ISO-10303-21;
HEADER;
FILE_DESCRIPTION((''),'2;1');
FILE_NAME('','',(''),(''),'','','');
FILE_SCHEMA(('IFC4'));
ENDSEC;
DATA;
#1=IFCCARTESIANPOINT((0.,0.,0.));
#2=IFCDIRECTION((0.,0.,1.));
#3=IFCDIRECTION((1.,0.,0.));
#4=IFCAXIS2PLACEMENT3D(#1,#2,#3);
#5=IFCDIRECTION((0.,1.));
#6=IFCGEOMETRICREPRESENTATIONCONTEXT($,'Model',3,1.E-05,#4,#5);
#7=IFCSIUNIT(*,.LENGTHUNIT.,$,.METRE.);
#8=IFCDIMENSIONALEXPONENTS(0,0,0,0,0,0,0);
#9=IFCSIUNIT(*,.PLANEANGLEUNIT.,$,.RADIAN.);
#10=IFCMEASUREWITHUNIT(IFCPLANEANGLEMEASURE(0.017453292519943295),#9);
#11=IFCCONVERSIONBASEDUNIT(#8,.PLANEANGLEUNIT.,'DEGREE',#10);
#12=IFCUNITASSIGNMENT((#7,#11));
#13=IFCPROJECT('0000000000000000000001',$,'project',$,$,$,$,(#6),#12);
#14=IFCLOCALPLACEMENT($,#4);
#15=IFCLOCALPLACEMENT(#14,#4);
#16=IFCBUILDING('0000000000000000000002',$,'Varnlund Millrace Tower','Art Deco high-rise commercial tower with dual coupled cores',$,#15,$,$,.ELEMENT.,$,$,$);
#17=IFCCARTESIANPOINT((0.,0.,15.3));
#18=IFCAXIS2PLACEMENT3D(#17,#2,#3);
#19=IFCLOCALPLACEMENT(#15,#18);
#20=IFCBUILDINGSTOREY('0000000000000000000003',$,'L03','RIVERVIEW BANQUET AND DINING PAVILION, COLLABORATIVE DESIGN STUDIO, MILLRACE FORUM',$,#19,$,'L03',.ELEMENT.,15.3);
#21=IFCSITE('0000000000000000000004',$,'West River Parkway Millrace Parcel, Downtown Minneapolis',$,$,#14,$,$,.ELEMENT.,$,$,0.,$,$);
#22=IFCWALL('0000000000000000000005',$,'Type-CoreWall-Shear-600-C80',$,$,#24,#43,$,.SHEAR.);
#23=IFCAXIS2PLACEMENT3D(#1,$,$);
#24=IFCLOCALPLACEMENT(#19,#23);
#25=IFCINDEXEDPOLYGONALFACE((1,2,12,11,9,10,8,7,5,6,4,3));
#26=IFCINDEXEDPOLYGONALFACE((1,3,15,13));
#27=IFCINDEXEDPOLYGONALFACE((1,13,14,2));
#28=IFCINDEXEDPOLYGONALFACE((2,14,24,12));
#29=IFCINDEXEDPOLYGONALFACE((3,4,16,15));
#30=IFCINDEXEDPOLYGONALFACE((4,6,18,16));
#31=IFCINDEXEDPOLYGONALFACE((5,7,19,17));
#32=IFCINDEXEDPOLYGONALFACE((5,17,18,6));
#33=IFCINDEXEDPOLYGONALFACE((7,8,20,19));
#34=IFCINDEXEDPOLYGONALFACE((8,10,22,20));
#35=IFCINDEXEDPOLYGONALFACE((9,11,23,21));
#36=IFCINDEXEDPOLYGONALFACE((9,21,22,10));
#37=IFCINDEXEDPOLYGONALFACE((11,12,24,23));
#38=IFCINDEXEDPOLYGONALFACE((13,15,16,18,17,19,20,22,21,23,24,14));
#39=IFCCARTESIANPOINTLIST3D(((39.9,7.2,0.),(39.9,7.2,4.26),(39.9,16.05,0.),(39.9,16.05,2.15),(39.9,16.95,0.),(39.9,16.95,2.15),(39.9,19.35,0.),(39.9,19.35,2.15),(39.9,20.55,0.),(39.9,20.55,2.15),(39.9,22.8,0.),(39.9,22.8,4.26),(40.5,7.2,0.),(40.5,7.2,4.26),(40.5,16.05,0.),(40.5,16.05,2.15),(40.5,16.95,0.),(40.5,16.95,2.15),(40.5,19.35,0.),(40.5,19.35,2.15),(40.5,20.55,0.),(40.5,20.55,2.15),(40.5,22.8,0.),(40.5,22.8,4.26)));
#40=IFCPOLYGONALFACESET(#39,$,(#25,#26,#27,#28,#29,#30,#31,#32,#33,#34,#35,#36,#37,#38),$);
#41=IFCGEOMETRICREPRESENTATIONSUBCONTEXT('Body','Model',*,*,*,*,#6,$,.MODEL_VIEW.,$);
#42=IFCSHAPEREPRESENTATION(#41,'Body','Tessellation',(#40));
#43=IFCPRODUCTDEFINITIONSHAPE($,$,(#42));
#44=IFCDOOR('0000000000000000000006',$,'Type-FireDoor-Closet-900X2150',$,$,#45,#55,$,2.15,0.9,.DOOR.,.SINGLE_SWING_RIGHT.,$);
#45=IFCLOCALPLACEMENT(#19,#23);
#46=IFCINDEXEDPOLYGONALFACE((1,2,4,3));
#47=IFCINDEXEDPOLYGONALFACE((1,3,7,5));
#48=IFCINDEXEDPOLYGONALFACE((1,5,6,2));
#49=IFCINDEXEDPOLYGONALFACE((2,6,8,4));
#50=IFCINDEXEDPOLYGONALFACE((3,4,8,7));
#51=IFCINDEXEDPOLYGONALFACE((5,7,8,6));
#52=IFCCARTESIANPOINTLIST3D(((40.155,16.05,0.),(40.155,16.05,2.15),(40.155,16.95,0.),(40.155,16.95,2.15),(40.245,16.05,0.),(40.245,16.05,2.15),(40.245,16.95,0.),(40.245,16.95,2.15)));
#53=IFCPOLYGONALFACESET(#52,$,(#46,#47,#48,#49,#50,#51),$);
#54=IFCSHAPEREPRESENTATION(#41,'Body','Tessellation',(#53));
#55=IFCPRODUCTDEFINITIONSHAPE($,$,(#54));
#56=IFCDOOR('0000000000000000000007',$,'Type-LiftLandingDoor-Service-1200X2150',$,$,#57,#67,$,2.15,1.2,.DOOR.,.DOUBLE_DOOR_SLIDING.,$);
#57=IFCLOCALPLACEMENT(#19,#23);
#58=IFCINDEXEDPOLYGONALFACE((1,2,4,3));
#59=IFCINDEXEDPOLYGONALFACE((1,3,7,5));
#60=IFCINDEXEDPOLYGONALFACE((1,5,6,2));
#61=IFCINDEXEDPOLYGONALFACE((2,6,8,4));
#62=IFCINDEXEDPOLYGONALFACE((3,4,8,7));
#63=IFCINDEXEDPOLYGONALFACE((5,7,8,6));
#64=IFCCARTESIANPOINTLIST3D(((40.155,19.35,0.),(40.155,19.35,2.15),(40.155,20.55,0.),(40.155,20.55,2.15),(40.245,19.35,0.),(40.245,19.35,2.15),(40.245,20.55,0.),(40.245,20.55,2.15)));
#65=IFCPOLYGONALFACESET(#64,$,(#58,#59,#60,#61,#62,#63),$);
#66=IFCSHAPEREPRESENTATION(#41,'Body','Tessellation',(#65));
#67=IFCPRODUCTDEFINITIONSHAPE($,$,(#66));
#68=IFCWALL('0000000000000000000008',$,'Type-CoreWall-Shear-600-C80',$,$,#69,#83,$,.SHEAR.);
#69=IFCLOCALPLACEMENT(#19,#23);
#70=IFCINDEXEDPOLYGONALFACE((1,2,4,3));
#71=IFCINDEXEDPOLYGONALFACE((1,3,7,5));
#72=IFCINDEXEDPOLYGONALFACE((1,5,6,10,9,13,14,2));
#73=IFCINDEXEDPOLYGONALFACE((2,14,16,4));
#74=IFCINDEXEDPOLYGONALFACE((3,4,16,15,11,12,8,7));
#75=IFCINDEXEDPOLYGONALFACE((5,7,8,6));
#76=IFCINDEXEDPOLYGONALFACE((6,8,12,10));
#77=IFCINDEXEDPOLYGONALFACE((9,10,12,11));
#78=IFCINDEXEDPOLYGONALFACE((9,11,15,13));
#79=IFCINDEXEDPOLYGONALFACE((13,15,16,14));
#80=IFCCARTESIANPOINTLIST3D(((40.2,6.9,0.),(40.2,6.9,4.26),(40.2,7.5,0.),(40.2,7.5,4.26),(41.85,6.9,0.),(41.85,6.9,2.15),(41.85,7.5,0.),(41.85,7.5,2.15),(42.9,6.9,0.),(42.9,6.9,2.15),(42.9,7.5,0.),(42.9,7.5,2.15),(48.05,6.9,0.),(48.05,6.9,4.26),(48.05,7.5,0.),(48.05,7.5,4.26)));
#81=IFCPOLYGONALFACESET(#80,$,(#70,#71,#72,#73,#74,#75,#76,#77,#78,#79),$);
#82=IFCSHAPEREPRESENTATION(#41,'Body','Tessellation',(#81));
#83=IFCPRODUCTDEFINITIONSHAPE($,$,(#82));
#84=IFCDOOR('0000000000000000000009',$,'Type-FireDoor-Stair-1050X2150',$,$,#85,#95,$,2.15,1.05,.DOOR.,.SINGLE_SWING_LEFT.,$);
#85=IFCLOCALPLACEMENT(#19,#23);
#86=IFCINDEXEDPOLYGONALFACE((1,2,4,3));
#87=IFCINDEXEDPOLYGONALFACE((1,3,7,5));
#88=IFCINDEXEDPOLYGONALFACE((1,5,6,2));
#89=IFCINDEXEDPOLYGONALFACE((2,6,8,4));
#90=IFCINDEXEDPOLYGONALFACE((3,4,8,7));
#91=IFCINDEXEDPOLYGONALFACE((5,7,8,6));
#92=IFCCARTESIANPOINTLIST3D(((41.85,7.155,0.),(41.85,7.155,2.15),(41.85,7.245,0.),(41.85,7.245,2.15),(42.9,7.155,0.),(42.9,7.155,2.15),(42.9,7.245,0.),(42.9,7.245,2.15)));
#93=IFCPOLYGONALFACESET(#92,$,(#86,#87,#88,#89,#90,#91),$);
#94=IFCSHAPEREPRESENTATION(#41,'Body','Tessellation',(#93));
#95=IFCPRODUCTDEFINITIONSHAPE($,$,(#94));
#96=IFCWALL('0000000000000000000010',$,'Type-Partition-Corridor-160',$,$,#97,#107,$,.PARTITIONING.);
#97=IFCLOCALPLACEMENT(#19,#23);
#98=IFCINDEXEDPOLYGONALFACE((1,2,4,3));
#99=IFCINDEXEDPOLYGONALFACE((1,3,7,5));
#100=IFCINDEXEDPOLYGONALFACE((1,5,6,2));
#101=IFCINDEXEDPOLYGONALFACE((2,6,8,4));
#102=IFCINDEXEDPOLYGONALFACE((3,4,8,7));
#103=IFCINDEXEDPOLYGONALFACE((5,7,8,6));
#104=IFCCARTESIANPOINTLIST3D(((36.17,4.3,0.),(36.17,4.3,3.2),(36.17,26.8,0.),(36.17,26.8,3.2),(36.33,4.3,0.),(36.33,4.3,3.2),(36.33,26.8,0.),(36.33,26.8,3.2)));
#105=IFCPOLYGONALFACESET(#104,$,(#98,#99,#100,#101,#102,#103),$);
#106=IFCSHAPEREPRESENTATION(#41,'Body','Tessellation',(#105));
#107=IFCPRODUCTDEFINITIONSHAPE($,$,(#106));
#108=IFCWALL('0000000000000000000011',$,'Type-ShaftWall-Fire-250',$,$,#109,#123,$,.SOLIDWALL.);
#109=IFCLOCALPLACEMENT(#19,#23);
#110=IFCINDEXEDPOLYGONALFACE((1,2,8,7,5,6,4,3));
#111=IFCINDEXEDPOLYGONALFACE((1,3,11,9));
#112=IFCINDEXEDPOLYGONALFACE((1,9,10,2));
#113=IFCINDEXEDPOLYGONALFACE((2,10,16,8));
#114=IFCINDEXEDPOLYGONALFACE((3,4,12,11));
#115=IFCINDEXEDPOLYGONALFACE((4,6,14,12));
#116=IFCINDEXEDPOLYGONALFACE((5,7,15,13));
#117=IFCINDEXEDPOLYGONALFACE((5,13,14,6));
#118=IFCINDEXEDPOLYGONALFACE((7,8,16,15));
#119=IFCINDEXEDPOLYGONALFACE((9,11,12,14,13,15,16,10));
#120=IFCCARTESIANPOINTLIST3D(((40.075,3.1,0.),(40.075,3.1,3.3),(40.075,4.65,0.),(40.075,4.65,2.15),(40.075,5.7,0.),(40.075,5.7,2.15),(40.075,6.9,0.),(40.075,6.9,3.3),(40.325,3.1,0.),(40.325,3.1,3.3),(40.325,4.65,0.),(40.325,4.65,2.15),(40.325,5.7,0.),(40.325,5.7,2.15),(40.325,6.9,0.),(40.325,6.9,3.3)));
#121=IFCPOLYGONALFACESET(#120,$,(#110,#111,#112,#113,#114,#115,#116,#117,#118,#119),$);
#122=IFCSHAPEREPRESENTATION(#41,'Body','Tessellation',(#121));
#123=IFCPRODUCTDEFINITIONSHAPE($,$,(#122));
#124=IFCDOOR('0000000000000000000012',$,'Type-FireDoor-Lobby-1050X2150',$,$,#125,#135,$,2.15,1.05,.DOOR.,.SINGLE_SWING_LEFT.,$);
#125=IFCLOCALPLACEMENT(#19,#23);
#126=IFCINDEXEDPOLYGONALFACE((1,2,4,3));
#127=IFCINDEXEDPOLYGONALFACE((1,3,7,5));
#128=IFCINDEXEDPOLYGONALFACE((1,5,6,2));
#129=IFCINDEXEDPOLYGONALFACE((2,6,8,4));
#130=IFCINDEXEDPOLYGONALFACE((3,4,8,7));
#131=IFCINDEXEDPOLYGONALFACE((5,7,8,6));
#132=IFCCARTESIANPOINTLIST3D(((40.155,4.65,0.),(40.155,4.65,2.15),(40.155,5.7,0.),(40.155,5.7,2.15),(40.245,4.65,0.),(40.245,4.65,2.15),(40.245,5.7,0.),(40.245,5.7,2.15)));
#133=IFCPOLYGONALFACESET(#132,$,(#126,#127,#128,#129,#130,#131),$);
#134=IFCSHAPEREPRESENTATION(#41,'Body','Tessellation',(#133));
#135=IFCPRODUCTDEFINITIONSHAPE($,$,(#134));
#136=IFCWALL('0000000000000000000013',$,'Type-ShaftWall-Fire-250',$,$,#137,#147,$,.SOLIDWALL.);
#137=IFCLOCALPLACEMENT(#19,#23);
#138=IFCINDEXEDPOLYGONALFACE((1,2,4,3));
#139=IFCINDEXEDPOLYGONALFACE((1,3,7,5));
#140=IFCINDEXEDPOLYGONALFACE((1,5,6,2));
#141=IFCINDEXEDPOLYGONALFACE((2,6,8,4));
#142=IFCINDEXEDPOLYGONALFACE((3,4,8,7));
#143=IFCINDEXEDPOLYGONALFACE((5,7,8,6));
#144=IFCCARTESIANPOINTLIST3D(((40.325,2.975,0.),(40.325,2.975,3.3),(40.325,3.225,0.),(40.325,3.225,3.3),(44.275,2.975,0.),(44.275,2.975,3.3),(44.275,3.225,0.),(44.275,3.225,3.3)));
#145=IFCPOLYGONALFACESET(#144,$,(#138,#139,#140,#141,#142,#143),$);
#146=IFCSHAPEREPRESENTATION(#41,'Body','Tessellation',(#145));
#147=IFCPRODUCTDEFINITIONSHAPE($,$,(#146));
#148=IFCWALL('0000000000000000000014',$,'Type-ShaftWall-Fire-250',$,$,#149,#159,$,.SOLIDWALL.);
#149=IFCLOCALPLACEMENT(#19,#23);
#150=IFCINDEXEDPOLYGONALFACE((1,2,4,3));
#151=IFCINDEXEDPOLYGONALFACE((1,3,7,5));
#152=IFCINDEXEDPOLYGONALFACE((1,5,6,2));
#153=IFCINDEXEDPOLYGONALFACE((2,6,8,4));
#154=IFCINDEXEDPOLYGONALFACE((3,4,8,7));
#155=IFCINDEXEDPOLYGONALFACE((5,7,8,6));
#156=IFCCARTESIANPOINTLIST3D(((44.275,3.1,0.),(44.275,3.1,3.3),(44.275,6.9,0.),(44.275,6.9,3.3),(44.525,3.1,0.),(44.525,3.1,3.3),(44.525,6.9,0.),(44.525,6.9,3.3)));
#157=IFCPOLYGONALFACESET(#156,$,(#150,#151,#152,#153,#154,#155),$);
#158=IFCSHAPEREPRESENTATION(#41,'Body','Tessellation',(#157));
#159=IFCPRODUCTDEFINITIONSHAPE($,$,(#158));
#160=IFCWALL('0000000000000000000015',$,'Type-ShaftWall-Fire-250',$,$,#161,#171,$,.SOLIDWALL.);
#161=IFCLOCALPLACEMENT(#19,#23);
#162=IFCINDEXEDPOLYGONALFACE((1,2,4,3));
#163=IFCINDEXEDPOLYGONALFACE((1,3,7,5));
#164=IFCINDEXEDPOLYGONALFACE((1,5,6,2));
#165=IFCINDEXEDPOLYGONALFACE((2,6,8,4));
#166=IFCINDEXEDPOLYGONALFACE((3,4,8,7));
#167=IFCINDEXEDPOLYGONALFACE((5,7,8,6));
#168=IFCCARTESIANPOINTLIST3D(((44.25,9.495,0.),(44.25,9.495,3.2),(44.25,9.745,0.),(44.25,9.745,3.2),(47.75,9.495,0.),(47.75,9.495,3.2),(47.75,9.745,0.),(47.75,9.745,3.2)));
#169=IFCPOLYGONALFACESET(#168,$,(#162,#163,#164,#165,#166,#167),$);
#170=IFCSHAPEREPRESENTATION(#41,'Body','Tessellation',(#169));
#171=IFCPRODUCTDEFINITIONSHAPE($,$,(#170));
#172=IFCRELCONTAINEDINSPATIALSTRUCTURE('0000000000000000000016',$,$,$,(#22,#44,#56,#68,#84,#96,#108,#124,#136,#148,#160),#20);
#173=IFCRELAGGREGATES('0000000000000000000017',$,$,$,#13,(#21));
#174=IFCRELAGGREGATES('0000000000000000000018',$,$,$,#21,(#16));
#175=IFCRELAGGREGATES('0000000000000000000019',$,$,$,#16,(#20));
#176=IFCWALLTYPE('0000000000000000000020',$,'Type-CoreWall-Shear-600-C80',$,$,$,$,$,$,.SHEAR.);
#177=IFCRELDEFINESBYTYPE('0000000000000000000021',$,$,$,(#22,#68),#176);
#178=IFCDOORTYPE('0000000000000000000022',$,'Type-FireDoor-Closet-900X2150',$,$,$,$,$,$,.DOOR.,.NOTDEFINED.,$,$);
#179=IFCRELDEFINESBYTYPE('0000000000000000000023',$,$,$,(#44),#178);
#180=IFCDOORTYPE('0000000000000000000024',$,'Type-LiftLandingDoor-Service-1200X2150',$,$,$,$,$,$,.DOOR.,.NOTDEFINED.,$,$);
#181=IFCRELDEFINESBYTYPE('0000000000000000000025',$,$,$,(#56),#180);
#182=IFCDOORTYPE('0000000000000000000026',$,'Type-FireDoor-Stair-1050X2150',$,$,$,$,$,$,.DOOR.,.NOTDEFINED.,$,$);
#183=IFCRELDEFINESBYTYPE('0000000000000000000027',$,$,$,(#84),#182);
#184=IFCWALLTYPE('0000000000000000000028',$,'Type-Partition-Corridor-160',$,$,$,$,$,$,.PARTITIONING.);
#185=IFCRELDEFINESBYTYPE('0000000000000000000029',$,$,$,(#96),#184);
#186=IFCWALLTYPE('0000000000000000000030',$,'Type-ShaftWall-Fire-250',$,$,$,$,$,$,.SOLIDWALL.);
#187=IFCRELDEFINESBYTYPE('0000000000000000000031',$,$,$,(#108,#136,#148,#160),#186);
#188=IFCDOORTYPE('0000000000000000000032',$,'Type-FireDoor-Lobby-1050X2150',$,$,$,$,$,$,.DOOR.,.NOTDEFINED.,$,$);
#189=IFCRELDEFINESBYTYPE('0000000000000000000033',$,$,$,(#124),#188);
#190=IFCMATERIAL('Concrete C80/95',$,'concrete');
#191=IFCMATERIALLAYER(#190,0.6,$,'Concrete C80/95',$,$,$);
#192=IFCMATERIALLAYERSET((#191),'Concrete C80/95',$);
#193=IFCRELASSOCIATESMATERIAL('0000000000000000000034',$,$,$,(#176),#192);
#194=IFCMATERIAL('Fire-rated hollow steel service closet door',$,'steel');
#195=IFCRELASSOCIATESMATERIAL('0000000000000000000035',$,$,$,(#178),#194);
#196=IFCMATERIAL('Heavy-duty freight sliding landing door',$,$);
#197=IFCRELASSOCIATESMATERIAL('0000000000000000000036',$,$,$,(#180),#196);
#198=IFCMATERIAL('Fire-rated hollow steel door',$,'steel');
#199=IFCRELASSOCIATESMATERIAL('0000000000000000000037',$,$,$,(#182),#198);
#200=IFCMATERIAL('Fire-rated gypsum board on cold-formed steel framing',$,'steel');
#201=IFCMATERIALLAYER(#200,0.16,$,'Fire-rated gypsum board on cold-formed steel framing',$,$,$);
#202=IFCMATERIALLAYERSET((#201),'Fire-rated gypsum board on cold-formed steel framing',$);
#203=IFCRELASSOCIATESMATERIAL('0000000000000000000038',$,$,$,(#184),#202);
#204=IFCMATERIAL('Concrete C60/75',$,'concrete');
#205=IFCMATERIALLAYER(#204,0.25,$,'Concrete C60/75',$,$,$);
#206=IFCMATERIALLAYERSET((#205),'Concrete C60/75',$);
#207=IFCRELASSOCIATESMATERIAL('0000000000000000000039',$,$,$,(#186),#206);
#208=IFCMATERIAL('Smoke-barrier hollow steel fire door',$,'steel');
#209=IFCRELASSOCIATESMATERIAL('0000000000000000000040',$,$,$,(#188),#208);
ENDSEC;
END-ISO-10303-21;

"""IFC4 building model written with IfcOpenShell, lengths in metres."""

from ifc_helpers import new_model, entity, si_unit, converted_unit, direction, frame, origin_with_axes, origin_2d_with_axis, place, context, subcontext, project, spatial, polyline, rectangle, outline, extrude, material, layer, layer_set, type_object, element, fill, save


model = new_model("IFC4")

# Units and contexts
model_context = context("Model", 3, precision=1e-05, world=origin_with_axes(), true_north=direction((0.0, 1.0)))
body_context = subcontext(model_context, "Body", "Model", "MODEL_VIEW")
ifc_project = project(units=[si_unit("LENGTHUNIT", "METRE"), converted_unit("PLANEANGLEUNIT", "DEGREE", entity("IfcPlaneAngleMeasure", 0.017453292519943295), si_unit("PLANEANGLEUNIT", "RADIAN"), dimensions=[0, 0, 0, 0, 0, 0, 0])], contexts=[model_context])

# Site, building, storey
site_placement = place(None, origin_with_axes())
site = spatial("IfcSite", under=ifc_project, at=site_placement, Name="West River Parkway Millrace Parcel, Downtown Minneapolis", CompositionType="ELEMENT", RefElevation=0.0)
building_placement = place(site_placement, origin_with_axes())
building = spatial("IfcBuilding", under=site, at=building_placement, Name="Varnlund Millrace Tower", Description="Art Deco high-rise commercial tower with dual coupled cores", CompositionType="ELEMENT")
storey_placement = place(building_placement, frame((0.0, 0.0, 15.3), z_axis=(0.0, 0.0, 1.0), x_axis=(1.0, 0.0, 0.0)))
storey = spatial("IfcBuildingStorey", under=building, at=storey_placement, Name="L03", Description="RIVERVIEW BANQUET AND DINING PAVILION, COLLABORATIVE DESIGN STUDIO, MILLRACE FORUM", LongName="L03", CompositionType="ELEMENT", Elevation=15.3)

# Shared definitions
ifc_material_1 = material(Name="Concrete C80/95", Category="concrete")

# Wall, openings, doors
ifc_layer_1 = layer(ifc_material_1, 0.6, Name="Concrete C80/95")
ifc_layer_set_1 = layer_set([ifc_layer_1], Name="Concrete C80/95")
wall_type_1 = type_object("IfcWallType", Name="Type-CoreWall-Shear-600-C80", PredefinedType="SHEAR", material=ifc_layer_set_1)
wall_1_placement = place(storey_placement, frame((40.2, 7.2, 0.0), z_axis=(0.0, 0.0, 1.0), x_axis=(0.0, 1.0, 0.0)))
wall_1 = element("IfcWall", 1, at=wall_1_placement, inside=storey, type_object=wall_type_1, Name="Type-CoreWall-Shear-600-C80", PredefinedType="SHEAR", context=body_context, shape_type="SweptSolid", body=[
    extrude(outline(polyline([(0.0, -0.3), (15.6, -0.3), (15.6, 0.3), (0.0, 0.3), (0.0, -0.3)])), origin_with_axes(), (0.0, 0.0, 1.0), 4.26),
])
opening_1_placement = place(wall_1_placement, frame((12.75, 0.0, 0.0), z_axis=(0.0, 0.0, 1.0), x_axis=(1.0, 0.0, 0.0)))
opening_1 = element("IfcOpeningElement", 2, at=opening_1_placement, cuts=wall_1, PredefinedType="OPENING", context=body_context, shape_type="SweptSolid", body=[
    extrude(rectangle(XDim=1.2, YDim=0.62, at=origin_2d_with_axis()), origin_with_axes(), (0.0, 0.0, 1.0), 2.15),
])
opening_2_placement = place(wall_1_placement, frame((9.3, 0.0, 0.0), z_axis=(0.0, 0.0, 1.0), x_axis=(1.0, 0.0, 0.0)))
opening_2 = element("IfcOpeningElement", 3, at=opening_2_placement, cuts=wall_1, PredefinedType="OPENING", context=body_context, shape_type="SweptSolid", body=[
    extrude(rectangle(XDim=0.9, YDim=0.62, at=origin_2d_with_axis()), origin_with_axes(), (0.0, 0.0, 1.0), 2.15),
])
ifc_material_2 = material(Name="Fire-rated hollow steel service closet door", Category="steel")
door_type_1 = type_object("IfcDoorType", Name="Type-FireDoor-Closet-900X2150", OperationType="NOTDEFINED", PredefinedType="DOOR", material=ifc_material_2)
door_1_placement = place(wall_1_placement, frame((9.3, 0.0, 0.0), z_axis=(0.0, 0.0, 1.0), x_axis=(1.0, 0.0, 0.0)))
door_1 = element("IfcDoor", 4, at=door_1_placement, inside=storey, type_object=door_type_1, Name="Type-FireDoor-Closet-900X2150", OperationType="SINGLE_SWING_RIGHT", OverallHeight=2.15, OverallWidth=0.9, PredefinedType="DOOR", context=body_context, shape_type="SweptSolid", body=[
    extrude(rectangle(XDim=0.9, YDim=0.09, at=origin_2d_with_axis()), origin_with_axes(), (0.0, 0.0, 1.0), 2.15),
])
fill(opening_2, door_1)
ifc_material_3 = material(Name="Heavy-duty freight sliding landing door")
door_type_2 = type_object("IfcDoorType", Name="Type-LiftLandingDoor-Service-1200X2150", OperationType="NOTDEFINED", PredefinedType="DOOR", material=ifc_material_3)
door_2_placement = place(wall_1_placement, frame((12.75, 0.0, 0.0), z_axis=(0.0, 0.0, 1.0), x_axis=(1.0, 0.0, 0.0)))
door_2 = element("IfcDoor", 5, at=door_2_placement, inside=storey, type_object=door_type_2, Name="Type-LiftLandingDoor-Service-1200X2150", OperationType="DOUBLE_DOOR_SLIDING", OverallHeight=2.15, OverallWidth=1.2, PredefinedType="DOOR", context=body_context, shape_type="SweptSolid", body=[
    extrude(rectangle(XDim=1.2, YDim=0.09, at=origin_2d_with_axis()), origin_with_axes(), (0.0, 0.0, 1.0), 2.15),
])
fill(opening_1, door_2)

# Wall, opening, door
wall_2_placement = place(storey_placement, frame((40.2, 7.2, 0.0), z_axis=(0.0, 0.0, 1.0), x_axis=(1.0, 0.0, 0.0)))
wall_2 = element("IfcWall", 6, at=wall_2_placement, inside=storey, type_object=wall_type_1, Name="Type-CoreWall-Shear-600-C80", PredefinedType="SHEAR", context=body_context, shape_type="SweptSolid", body=[
    extrude(outline(polyline([(0.0, -0.3), (7.85, -0.3), (7.85, 0.3), (0.0, 0.3), (0.0, -0.3)])), origin_with_axes(), (0.0, 0.0, 1.0), 4.26),
])
opening_3_placement = place(wall_2_placement, frame((2.175, 0.0, 0.0), z_axis=(0.0, 0.0, 1.0), x_axis=(1.0, 0.0, 0.0)))
opening_3 = element("IfcOpeningElement", 7, at=opening_3_placement, cuts=wall_2, PredefinedType="OPENING", context=body_context, shape_type="SweptSolid", body=[
    extrude(rectangle(XDim=1.05, YDim=0.62, at=origin_2d_with_axis()), origin_with_axes(), (0.0, 0.0, 1.0), 2.15),
])
ifc_material_4 = material(Name="Fire-rated hollow steel door", Category="steel")
door_type_3 = type_object("IfcDoorType", Name="Type-FireDoor-Stair-1050X2150", OperationType="NOTDEFINED", PredefinedType="DOOR", material=ifc_material_4)
door_3_placement = place(wall_2_placement, frame((2.175, 0.0, 0.0), z_axis=(0.0, 0.0, 1.0), x_axis=(1.0, 0.0, 0.0)))
door_3 = element("IfcDoor", 8, at=door_3_placement, inside=storey, type_object=door_type_3, Name="Type-FireDoor-Stair-1050X2150", OperationType="SINGLE_SWING_LEFT", OverallHeight=2.15, OverallWidth=1.05, PredefinedType="DOOR", context=body_context, shape_type="SweptSolid", body=[
    extrude(rectangle(XDim=1.05, YDim=0.09, at=origin_2d_with_axis()), origin_with_axes(), (0.0, 0.0, 1.0), 2.15),
])
fill(opening_3, door_3)

# Wall
ifc_material_5 = material(Name="Fire-rated gypsum board on cold-formed steel framing", Category="steel")
ifc_layer_2 = layer(ifc_material_5, 0.16, Name="Fire-rated gypsum board on cold-formed steel framing")
ifc_layer_set_2 = layer_set([ifc_layer_2], Name="Fire-rated gypsum board on cold-formed steel framing")
wall_type_2 = type_object("IfcWallType", Name="Type-Partition-Corridor-160", PredefinedType="PARTITIONING", material=ifc_layer_set_2)
wall_3_placement = place(storey_placement, frame((36.25, 4.3, 0.0), z_axis=(0.0, 0.0, 1.0), x_axis=(0.0, 1.0, 0.0)))
element("IfcWall", 9, at=wall_3_placement, inside=storey, type_object=wall_type_2, Name="Type-Partition-Corridor-160", PredefinedType="PARTITIONING", context=body_context, shape_type="SweptSolid", body=[
    extrude(outline(polyline([(0.0, -0.08), (22.5, -0.08), (22.5, 0.08), (0.0, 0.08), (0.0, -0.08)])), origin_with_axes(), (0.0, 0.0, 1.0), 3.2),
])

# Wall, opening, door
ifc_material_6 = material(Name="Concrete C60/75", Category="concrete")
ifc_layer_3 = layer(ifc_material_6, 0.25, Name="Concrete C60/75")
ifc_layer_set_3 = layer_set([ifc_layer_3], Name="Concrete C60/75")
wall_type_3 = type_object("IfcWallType", Name="Type-ShaftWall-Fire-250", PredefinedType="SOLIDWALL", material=ifc_layer_set_3)
wall_4_placement = place(storey_placement, frame((40.2, 3.1, 0.0), z_axis=(0.0, 0.0, 1.0), x_axis=(0.0, 1.0, 0.0)))
wall_4 = element("IfcWall", 10, at=wall_4_placement, inside=storey, type_object=wall_type_3, Name="Type-ShaftWall-Fire-250", PredefinedType="SOLIDWALL", context=body_context, shape_type="SweptSolid", body=[
    extrude(outline(polyline([(0.0, -0.125), (3.8, -0.125), (3.8, 0.125), (0.0, 0.125), (0.0, -0.125)])), origin_with_axes(), (0.0, 0.0, 1.0), 3.3),
])
opening_4_placement = place(wall_4_placement, frame((2.075, 0.0, 0.0), z_axis=(0.0, 0.0, 1.0), x_axis=(1.0, 0.0, 0.0)))
opening_4 = element("IfcOpeningElement", 11, at=opening_4_placement, cuts=wall_4, PredefinedType="OPENING", context=body_context, shape_type="SweptSolid", body=[
    extrude(rectangle(XDim=1.05, YDim=0.27, at=origin_2d_with_axis()), origin_with_axes(), (0.0, 0.0, 1.0), 2.15),
])
ifc_material_7 = material(Name="Smoke-barrier hollow steel fire door", Category="steel")
door_type_4 = type_object("IfcDoorType", Name="Type-FireDoor-Lobby-1050X2150", OperationType="NOTDEFINED", PredefinedType="DOOR", material=ifc_material_7)
door_4_placement = place(wall_4_placement, frame((2.075, 0.0, 0.0), z_axis=(0.0, 0.0, 1.0), x_axis=(1.0, 0.0, 0.0)))
door_4 = element("IfcDoor", 12, at=door_4_placement, inside=storey, type_object=door_type_4, Name="Type-FireDoor-Lobby-1050X2150", OperationType="SINGLE_SWING_LEFT", OverallHeight=2.15, OverallWidth=1.05, PredefinedType="DOOR", context=body_context, shape_type="SweptSolid", body=[
    extrude(rectangle(XDim=1.05, YDim=0.09, at=origin_2d_with_axis()), origin_with_axes(), (0.0, 0.0, 1.0), 2.15),
])
fill(opening_4, door_4)

# Walls
wall_5_placement = place(storey_placement, frame((40.325, 3.1, 0.0), z_axis=(0.0, 0.0, 1.0), x_axis=(1.0, 0.0, 0.0)))
element("IfcWall", 13, at=wall_5_placement, inside=storey, type_object=wall_type_3, Name="Type-ShaftWall-Fire-250", PredefinedType="SOLIDWALL", context=body_context, shape_type="SweptSolid", body=[
    extrude(outline(polyline([(0.0, -0.125), (3.95, -0.125), (3.95, 0.125), (0.0, 0.125), (0.0, -0.125)])), origin_with_axes(), (0.0, 0.0, 1.0), 3.3),
])
wall_6_placement = place(storey_placement, frame((44.4, 3.1, 0.0), z_axis=(0.0, 0.0, 1.0), x_axis=(0.0, 1.0, 0.0)))
element("IfcWall", 14, at=wall_6_placement, inside=storey, type_object=wall_type_3, Name="Type-ShaftWall-Fire-250", PredefinedType="SOLIDWALL", context=body_context, shape_type="SweptSolid", body=[
    extrude(outline(polyline([(0.0, -0.125), (3.8, -0.125), (3.8, 0.125), (0.0, 0.125), (0.0, -0.125)])), origin_with_axes(), (0.0, 0.0, 1.0), 3.3),
])
wall_7_placement = place(storey_placement, frame((44.25, 9.62, 0.0), z_axis=(0.0, 0.0, 1.0), x_axis=(1.0, 0.0, 0.0)))
element("IfcWall", 15, at=wall_7_placement, inside=storey, type_object=wall_type_3, Name="Type-ShaftWall-Fire-250", PredefinedType="SOLIDWALL", context=body_context, shape_type="SweptSolid", body=[
    extrude(outline(polyline([(0.0, -0.125), (3.5, -0.125), (3.5, 0.125), (0.0, 0.125), (0.0, -0.125)])), origin_with_axes(), (0.0, 0.0, 1.0), 3.2),
])

save(model, "model.ifc")
